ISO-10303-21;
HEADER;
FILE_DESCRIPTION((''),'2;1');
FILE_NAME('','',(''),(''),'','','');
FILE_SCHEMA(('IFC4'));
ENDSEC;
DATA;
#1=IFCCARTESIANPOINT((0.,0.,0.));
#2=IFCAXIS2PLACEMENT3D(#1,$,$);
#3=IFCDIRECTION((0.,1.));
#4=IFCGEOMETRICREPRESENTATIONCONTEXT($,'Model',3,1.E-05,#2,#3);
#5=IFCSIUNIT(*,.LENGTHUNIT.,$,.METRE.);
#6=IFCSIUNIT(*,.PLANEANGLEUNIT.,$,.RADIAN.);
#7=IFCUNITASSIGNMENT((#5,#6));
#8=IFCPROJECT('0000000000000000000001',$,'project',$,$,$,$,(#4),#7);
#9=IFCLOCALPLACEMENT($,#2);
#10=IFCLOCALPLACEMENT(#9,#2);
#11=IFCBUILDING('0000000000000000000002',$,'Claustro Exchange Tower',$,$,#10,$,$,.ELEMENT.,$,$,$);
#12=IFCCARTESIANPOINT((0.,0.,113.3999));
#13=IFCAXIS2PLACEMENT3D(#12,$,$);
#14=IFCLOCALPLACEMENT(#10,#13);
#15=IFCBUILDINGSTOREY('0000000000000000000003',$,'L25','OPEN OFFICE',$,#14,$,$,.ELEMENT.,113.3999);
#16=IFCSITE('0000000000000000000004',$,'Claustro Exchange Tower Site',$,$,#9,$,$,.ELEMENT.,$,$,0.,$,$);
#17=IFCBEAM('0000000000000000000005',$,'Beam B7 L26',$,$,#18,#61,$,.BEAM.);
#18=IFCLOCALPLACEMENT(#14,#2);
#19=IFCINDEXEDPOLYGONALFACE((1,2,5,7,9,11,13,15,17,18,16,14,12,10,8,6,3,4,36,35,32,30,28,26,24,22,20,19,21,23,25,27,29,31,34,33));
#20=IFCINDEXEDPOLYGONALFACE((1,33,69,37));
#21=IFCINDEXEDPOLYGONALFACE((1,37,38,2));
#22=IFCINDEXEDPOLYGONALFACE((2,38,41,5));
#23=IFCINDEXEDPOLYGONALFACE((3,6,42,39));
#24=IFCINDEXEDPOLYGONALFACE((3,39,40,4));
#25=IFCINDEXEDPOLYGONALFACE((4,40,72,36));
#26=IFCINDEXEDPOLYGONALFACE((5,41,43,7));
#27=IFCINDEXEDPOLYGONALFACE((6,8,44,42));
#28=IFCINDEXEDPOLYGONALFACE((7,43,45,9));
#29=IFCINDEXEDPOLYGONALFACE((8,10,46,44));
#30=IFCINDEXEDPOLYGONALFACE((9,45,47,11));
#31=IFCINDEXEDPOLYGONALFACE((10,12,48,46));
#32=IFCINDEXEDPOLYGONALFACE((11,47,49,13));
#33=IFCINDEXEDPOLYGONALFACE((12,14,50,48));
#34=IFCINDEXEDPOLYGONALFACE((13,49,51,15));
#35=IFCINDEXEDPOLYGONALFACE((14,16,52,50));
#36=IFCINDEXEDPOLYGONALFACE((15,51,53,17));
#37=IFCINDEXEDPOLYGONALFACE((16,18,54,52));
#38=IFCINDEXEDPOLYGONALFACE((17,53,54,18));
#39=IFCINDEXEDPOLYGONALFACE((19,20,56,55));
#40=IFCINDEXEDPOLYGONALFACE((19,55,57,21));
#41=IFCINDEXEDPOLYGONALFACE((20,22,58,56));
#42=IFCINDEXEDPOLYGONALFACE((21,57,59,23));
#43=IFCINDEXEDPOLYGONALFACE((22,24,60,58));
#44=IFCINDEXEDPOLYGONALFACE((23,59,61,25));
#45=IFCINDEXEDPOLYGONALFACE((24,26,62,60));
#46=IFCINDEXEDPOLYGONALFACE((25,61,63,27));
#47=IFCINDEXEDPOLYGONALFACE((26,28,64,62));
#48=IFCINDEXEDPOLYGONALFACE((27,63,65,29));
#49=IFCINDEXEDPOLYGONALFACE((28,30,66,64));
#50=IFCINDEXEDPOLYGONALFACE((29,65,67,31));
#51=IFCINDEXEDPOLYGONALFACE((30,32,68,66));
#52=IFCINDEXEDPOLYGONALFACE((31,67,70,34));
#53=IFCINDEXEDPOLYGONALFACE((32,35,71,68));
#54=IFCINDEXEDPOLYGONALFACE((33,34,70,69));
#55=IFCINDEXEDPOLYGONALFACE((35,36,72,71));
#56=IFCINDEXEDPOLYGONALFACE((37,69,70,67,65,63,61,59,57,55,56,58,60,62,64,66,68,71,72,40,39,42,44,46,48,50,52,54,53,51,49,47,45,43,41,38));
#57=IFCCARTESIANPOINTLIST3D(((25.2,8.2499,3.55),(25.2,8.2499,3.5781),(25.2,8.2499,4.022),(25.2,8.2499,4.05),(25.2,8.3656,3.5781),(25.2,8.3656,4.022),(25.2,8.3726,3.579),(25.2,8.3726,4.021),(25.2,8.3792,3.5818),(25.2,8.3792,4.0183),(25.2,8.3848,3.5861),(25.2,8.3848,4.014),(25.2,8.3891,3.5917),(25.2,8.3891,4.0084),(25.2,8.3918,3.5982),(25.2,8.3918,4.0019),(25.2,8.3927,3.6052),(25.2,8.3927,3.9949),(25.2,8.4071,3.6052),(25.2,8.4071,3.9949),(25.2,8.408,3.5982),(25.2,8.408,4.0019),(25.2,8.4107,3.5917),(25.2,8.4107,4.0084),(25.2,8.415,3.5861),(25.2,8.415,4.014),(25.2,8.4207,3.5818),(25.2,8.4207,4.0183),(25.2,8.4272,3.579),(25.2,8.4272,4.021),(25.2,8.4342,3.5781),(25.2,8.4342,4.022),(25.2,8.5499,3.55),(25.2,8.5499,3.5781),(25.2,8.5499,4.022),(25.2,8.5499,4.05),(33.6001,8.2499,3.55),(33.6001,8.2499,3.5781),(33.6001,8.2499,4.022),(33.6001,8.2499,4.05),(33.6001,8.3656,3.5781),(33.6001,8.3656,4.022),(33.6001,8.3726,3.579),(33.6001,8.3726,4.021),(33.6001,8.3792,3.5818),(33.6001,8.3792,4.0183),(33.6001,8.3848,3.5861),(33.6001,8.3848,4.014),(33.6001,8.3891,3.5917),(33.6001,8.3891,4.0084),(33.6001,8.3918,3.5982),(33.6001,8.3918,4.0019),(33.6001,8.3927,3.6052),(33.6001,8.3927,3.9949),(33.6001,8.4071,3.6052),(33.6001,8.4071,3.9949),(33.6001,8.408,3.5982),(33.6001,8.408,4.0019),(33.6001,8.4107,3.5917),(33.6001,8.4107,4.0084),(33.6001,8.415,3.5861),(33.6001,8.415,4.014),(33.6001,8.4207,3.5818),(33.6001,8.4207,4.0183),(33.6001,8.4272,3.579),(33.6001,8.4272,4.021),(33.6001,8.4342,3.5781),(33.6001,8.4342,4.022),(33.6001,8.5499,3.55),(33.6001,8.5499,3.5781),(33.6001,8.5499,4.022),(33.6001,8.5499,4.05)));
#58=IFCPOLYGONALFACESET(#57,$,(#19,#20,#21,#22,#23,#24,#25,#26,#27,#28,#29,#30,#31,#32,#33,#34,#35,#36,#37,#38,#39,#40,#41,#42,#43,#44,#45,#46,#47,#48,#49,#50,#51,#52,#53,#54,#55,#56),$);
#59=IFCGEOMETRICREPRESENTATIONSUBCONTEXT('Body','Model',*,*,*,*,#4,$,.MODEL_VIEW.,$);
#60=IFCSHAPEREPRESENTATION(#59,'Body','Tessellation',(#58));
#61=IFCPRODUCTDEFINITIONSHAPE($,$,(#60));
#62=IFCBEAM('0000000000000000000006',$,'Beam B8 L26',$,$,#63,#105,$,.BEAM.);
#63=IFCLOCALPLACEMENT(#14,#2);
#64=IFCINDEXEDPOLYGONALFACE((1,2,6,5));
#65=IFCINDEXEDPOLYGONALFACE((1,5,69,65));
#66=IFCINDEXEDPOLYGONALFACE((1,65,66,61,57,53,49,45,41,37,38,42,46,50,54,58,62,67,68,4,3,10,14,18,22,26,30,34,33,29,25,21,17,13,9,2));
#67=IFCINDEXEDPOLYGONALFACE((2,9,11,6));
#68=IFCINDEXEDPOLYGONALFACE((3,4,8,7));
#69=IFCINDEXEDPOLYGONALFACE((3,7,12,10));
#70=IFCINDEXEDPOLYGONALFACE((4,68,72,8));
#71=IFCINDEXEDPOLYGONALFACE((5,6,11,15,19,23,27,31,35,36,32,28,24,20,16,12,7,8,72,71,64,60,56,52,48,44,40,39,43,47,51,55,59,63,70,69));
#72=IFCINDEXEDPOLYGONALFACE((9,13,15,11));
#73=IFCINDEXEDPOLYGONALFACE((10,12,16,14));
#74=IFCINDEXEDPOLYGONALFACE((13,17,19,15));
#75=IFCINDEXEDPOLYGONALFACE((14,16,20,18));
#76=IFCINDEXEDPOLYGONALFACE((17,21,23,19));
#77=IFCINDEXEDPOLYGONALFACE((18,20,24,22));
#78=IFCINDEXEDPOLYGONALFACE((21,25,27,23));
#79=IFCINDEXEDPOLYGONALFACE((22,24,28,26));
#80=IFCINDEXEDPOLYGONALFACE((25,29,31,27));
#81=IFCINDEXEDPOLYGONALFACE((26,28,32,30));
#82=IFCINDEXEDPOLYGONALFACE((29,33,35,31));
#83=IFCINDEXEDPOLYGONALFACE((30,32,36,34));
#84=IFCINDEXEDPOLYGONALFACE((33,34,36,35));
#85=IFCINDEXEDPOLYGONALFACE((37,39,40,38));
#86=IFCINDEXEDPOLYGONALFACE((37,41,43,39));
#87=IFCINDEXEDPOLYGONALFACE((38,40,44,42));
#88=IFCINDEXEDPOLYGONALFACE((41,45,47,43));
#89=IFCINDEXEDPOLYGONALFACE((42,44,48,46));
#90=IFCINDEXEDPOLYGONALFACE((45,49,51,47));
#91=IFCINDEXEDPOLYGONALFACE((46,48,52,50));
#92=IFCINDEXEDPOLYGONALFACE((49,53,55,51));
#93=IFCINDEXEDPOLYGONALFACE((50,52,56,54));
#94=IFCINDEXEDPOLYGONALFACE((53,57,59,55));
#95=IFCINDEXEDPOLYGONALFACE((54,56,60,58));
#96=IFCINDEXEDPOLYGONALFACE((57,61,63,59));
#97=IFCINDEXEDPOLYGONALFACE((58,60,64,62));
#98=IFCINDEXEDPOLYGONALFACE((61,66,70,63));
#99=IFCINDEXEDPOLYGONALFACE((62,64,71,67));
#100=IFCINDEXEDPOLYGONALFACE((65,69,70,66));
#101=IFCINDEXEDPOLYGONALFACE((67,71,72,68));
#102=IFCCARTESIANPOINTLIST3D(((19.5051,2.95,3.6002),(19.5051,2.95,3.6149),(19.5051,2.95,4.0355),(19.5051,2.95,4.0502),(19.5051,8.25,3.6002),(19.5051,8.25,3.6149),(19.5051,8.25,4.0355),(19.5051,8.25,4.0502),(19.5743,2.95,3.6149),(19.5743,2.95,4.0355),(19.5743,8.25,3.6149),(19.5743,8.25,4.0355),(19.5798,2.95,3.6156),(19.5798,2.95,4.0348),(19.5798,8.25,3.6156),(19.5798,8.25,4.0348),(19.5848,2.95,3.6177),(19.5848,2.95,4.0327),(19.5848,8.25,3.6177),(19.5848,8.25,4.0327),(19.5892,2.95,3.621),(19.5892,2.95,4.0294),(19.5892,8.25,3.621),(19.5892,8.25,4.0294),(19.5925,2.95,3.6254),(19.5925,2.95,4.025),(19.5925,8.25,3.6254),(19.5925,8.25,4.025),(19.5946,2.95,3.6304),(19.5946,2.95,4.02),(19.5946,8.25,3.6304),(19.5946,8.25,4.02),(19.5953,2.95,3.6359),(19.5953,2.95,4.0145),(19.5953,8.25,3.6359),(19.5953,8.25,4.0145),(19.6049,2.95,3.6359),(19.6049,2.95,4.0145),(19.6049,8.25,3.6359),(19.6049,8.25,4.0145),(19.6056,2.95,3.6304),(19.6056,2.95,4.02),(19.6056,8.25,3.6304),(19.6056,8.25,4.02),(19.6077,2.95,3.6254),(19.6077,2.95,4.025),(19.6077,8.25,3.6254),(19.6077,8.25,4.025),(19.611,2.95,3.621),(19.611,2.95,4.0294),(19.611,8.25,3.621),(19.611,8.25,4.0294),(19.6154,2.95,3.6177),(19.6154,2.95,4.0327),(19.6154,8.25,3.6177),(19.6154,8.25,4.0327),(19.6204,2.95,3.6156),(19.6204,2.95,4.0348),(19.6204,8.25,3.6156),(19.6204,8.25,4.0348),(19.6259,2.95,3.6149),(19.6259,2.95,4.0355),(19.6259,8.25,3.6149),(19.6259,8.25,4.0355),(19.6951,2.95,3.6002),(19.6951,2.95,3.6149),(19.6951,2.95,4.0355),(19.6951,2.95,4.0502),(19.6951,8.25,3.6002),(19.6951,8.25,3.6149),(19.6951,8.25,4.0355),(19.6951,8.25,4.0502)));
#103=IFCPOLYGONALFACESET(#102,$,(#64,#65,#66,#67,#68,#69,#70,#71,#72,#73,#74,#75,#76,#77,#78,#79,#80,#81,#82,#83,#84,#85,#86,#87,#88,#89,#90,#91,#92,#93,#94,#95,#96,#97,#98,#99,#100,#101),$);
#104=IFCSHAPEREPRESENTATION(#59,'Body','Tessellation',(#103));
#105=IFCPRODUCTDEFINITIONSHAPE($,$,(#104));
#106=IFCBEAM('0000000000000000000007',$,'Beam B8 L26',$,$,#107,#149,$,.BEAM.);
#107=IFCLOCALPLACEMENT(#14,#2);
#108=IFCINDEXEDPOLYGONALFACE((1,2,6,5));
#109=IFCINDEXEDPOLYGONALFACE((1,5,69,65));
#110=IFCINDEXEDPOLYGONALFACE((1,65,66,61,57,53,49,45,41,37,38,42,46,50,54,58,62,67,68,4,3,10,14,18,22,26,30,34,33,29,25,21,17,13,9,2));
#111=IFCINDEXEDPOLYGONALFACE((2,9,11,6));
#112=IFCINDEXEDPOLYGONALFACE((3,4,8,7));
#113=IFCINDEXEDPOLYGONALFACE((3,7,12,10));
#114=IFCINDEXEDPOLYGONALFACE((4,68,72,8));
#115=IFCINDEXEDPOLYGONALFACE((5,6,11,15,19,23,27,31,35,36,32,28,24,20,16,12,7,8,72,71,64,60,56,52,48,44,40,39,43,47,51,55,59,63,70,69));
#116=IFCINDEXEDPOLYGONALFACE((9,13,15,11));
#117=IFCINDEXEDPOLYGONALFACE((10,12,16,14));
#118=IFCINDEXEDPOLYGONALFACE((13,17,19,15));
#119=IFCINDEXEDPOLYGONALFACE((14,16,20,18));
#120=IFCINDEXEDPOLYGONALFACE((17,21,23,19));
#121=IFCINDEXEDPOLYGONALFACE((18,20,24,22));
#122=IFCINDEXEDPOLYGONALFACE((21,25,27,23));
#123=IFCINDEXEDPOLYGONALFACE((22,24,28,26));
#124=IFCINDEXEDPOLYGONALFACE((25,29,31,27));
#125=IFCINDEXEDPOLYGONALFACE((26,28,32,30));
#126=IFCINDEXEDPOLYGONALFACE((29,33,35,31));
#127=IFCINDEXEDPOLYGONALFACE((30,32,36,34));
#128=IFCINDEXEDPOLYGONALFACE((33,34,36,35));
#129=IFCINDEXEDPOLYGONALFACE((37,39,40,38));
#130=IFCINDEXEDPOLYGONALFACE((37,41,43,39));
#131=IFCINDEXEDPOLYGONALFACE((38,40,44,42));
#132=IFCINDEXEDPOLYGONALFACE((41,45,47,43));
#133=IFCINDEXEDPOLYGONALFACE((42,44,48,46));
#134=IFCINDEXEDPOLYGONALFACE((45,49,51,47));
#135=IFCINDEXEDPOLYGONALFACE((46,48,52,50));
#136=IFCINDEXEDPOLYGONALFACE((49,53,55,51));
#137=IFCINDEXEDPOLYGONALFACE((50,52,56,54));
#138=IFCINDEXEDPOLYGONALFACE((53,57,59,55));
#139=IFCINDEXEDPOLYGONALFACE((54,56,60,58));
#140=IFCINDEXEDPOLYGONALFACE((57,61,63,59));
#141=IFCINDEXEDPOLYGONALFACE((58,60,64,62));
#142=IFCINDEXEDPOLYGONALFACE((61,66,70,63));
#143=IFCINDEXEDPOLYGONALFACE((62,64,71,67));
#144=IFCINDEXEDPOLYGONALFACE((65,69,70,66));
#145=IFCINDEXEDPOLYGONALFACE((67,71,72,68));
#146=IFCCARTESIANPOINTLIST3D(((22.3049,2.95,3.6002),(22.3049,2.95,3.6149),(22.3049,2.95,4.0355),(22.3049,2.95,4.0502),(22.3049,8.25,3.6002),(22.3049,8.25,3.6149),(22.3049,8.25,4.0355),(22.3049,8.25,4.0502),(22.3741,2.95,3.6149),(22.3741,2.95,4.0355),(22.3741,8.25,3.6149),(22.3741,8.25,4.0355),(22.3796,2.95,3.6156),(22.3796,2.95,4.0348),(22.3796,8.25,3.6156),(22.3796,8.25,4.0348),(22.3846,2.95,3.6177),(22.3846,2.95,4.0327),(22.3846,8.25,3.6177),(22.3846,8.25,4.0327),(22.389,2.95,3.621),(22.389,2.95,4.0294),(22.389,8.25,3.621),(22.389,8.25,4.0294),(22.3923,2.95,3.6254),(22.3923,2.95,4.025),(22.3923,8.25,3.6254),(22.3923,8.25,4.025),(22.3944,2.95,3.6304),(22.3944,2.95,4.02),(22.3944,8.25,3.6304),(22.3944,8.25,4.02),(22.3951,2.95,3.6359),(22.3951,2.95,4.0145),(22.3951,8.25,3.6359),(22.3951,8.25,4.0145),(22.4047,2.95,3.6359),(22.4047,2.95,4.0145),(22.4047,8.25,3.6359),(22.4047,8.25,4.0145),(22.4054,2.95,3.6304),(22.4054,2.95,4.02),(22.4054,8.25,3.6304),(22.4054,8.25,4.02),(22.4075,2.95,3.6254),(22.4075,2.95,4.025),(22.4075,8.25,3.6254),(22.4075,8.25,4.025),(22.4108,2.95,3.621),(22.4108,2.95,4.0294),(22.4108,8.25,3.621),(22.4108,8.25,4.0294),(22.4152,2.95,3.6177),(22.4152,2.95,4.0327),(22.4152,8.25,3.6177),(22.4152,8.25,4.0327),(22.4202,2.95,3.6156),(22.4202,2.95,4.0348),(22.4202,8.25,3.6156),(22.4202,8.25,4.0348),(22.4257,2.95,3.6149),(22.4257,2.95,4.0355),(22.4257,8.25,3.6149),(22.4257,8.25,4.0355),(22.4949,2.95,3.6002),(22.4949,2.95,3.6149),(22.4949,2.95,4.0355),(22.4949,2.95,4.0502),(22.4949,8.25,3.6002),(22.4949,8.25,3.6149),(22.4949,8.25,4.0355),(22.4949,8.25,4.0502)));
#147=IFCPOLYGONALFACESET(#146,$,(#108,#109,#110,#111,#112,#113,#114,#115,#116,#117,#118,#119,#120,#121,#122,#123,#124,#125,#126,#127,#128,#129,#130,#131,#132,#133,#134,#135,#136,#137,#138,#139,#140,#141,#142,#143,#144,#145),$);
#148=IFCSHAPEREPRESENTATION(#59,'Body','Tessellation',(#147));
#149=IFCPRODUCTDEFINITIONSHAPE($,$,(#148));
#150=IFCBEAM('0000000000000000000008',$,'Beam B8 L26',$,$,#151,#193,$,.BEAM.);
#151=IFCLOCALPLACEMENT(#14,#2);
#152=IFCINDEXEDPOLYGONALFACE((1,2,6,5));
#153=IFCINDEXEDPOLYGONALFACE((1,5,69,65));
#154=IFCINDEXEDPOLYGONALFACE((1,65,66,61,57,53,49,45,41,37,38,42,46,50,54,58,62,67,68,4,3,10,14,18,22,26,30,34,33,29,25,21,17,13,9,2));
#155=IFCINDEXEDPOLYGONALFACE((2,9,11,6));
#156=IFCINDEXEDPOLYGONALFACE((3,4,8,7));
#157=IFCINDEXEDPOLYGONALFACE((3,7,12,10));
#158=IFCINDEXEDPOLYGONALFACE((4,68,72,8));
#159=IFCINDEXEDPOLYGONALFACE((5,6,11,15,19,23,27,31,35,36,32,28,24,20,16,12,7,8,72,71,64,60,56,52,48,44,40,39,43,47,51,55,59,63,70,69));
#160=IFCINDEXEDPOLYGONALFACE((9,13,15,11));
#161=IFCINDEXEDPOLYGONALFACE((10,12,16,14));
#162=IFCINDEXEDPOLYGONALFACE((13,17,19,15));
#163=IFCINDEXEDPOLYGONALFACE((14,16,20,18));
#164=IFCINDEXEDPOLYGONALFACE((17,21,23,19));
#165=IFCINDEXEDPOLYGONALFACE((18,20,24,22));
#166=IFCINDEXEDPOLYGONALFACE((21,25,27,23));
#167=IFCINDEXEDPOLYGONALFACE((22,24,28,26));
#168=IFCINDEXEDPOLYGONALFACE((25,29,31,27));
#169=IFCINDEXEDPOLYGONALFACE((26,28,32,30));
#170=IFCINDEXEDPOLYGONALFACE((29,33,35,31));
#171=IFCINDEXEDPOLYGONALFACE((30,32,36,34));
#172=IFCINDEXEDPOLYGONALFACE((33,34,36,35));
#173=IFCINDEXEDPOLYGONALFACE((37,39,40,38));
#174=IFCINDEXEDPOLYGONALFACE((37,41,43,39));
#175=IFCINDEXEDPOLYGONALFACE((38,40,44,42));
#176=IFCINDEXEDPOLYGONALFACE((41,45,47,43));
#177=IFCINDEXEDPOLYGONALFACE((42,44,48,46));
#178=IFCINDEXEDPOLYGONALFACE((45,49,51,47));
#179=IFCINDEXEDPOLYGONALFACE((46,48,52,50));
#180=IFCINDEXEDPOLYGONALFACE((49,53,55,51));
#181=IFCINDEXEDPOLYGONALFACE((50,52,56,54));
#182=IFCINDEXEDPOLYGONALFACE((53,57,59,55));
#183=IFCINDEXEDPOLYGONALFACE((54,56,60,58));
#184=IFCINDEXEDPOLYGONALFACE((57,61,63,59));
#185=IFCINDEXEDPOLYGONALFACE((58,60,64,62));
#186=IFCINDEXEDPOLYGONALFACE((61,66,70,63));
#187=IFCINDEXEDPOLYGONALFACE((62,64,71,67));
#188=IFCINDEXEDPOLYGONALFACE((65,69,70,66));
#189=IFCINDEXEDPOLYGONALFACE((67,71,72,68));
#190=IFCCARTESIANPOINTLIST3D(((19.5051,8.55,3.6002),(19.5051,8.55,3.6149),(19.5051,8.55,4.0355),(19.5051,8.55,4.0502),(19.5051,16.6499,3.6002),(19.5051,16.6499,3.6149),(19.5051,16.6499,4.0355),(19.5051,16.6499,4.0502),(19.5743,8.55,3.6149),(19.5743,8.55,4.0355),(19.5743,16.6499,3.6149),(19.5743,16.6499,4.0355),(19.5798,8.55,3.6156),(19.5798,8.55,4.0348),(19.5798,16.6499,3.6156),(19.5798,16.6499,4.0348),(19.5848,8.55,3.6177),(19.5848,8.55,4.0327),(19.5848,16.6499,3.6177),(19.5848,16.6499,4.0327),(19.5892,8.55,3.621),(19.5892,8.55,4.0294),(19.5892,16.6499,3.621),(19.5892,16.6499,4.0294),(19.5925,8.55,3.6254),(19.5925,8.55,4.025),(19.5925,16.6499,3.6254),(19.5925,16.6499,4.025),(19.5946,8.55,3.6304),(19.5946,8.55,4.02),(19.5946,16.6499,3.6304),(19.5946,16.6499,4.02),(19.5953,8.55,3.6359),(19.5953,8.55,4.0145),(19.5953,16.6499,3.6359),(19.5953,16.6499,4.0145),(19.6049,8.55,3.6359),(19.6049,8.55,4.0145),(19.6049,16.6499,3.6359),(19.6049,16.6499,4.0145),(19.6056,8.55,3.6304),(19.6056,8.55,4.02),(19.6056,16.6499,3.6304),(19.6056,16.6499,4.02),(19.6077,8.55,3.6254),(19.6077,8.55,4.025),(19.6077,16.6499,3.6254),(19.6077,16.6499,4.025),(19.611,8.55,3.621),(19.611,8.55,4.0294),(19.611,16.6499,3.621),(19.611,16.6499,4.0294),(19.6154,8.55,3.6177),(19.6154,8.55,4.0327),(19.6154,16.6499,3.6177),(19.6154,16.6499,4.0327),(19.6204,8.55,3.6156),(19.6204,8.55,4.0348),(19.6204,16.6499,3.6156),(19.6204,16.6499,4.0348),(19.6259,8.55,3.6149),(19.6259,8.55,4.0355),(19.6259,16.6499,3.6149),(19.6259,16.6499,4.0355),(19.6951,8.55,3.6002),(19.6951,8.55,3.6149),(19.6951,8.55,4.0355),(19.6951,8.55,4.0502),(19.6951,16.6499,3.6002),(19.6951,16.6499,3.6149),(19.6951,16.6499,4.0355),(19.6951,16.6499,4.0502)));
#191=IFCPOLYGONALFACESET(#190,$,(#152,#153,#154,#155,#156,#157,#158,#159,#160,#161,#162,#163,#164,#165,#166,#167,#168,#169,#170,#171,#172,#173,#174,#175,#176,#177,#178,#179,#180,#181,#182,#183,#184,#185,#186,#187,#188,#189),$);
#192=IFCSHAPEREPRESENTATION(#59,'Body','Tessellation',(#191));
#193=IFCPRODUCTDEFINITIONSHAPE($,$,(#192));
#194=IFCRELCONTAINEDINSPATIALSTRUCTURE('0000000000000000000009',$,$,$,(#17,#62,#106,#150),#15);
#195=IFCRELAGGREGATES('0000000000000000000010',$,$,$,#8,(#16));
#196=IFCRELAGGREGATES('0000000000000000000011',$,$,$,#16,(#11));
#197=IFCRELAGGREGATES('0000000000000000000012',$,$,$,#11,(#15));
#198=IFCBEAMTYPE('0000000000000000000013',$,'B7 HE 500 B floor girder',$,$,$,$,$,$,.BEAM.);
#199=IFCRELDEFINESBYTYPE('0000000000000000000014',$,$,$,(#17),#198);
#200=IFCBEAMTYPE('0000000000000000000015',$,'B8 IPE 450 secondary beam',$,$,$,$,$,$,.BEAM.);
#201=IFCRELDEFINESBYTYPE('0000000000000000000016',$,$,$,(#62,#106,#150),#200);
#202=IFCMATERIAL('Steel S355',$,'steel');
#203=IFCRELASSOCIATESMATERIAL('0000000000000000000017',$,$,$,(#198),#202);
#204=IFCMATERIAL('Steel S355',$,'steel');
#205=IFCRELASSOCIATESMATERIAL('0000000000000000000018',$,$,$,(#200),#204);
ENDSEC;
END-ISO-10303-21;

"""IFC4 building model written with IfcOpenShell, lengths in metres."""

from ifc_helpers import new_model, si_unit, direction, frame, origin, origin_2d, place, context, subcontext, project, spatial, i_section, extrude, material, material_profile, profile_set, type_object, element, save


model = new_model("IFC4")

# Units and contexts
model_context = context("Model", 3, precision=1e-05, world=origin(), true_north=direction((0.0, 1.0)))
body_context = subcontext(model_context, "Body", "Model", "MODEL_VIEW")
ifc_project = project(units=[si_unit("LENGTHUNIT", "METRE"), si_unit("PLANEANGLEUNIT", "RADIAN")], contexts=[model_context])

# Site, building, storey
site_placement = place(None, origin())
site = spatial("IfcSite", under=ifc_project, at=site_placement, Name="Claustro Exchange Tower Site", CompositionType="ELEMENT", RefElevation=0.0)
building_placement = place(site_placement, origin())
building = spatial("IfcBuilding", under=site, at=building_placement, Name="Claustro Exchange Tower", CompositionType="ELEMENT")
storey_placement = place(building_placement, frame((0.0, 0.0, 113.3999)))
storey = spatial("IfcBuildingStorey", under=building, at=storey_placement, Name="L25", Description="OPEN OFFICE", CompositionType="ELEMENT", Elevation=113.3999)

# Beams
ifc_material_1 = material(Name="Steel S355", Category="steel")
ifc_material_profile_1 = material_profile(ifc_material_1, i_section(OverallWidth=0.3, OverallDepth=0.5, WebThickness=0.0144, FlangeThickness=0.0281, FilletRadius=0.0271, at=origin_2d()), Name="HE 500 B")
ifc_profile_set_1 = profile_set([ifc_material_profile_1], Name="Steel S355")
beam_type_1 = type_object("IfcBeamType", Name="B7 HE 500 B floor girder", PredefinedType="BEAM", material=ifc_profile_set_1)
for number, where, z_axis, x_axis, name in (
    (1, (25.2, 8.3999, 3.8), (1.0, 0.0, 0.0), (0.0, 1.0, 0.0), "Beam B7 L26"),
):
    element("IfcBeam", number, at=place(storey_placement, frame(where, z_axis=z_axis, x_axis=x_axis)), inside=storey, type_object=beam_type_1, Name=name, PredefinedType="BEAM", context=body_context, shape_type="SweptSolid", body=[
        extrude(i_section(OverallWidth=0.3, OverallDepth=0.5, WebThickness=0.0144, FlangeThickness=0.0281, FilletRadius=0.0271, at=origin_2d()), origin(), (0.0, 0.0, 1.0), 8.4001),
    ])
ifc_material_2 = material(Name="Steel S355", Category="steel")
ifc_material_profile_2 = material_profile(ifc_material_2, i_section(OverallWidth=0.1899, OverallDepth=0.45, WebThickness=0.0095, FlangeThickness=0.0146, FilletRadius=0.021, at=origin_2d()), Name="IPE 450")
ifc_profile_set_2 = profile_set([ifc_material_profile_2], Name="Steel S355")
beam_type_2 = type_object("IfcBeamType", Name="B8 IPE 450 secondary beam", PredefinedType="BEAM", material=ifc_profile_set_2)
for number, where, z_axis, x_axis, name in (
    (2, (19.6001, 2.95, 3.8252), (0.0, 1.0, 0.0), (-1.0, 0.0, 0.0), "Beam B8 L26"),
    (3, (22.3999, 2.95, 3.8252), (0.0, 1.0, 0.0), (-1.0, 0.0, 0.0), "Beam B8 L26"),
):
    element("IfcBeam", number, at=place(storey_placement, frame(where, z_axis=z_axis, x_axis=x_axis)), inside=storey, type_object=beam_type_2, Name=name, PredefinedType="BEAM", context=body_context, shape_type="SweptSolid", body=[
        extrude(i_section(OverallWidth=0.1899, OverallDepth=0.45, WebThickness=0.0095, FlangeThickness=0.0146, FilletRadius=0.021, at=origin_2d()), origin(), (0.0, 0.0, 1.0), 5.3),
    ])
for number, where, z_axis, x_axis, name in (
    (4, (19.6001, 8.55, 3.8252), (0.0, 1.0, 0.0), (-1.0, 0.0, 0.0), "Beam B8 L26"),
):
    element("IfcBeam", number, at=place(storey_placement, frame(where, z_axis=z_axis, x_axis=x_axis)), inside=storey, type_object=beam_type_2, Name=name, PredefinedType="BEAM", context=body_context, shape_type="SweptSolid", body=[
        extrude(i_section(OverallWidth=0.1899, OverallDepth=0.45, WebThickness=0.0095, FlangeThickness=0.0146, FilletRadius=0.021, at=origin_2d()), origin(), (0.0, 0.0, 1.0), 8.0999),
    ])

save(model, "model.ifc")
